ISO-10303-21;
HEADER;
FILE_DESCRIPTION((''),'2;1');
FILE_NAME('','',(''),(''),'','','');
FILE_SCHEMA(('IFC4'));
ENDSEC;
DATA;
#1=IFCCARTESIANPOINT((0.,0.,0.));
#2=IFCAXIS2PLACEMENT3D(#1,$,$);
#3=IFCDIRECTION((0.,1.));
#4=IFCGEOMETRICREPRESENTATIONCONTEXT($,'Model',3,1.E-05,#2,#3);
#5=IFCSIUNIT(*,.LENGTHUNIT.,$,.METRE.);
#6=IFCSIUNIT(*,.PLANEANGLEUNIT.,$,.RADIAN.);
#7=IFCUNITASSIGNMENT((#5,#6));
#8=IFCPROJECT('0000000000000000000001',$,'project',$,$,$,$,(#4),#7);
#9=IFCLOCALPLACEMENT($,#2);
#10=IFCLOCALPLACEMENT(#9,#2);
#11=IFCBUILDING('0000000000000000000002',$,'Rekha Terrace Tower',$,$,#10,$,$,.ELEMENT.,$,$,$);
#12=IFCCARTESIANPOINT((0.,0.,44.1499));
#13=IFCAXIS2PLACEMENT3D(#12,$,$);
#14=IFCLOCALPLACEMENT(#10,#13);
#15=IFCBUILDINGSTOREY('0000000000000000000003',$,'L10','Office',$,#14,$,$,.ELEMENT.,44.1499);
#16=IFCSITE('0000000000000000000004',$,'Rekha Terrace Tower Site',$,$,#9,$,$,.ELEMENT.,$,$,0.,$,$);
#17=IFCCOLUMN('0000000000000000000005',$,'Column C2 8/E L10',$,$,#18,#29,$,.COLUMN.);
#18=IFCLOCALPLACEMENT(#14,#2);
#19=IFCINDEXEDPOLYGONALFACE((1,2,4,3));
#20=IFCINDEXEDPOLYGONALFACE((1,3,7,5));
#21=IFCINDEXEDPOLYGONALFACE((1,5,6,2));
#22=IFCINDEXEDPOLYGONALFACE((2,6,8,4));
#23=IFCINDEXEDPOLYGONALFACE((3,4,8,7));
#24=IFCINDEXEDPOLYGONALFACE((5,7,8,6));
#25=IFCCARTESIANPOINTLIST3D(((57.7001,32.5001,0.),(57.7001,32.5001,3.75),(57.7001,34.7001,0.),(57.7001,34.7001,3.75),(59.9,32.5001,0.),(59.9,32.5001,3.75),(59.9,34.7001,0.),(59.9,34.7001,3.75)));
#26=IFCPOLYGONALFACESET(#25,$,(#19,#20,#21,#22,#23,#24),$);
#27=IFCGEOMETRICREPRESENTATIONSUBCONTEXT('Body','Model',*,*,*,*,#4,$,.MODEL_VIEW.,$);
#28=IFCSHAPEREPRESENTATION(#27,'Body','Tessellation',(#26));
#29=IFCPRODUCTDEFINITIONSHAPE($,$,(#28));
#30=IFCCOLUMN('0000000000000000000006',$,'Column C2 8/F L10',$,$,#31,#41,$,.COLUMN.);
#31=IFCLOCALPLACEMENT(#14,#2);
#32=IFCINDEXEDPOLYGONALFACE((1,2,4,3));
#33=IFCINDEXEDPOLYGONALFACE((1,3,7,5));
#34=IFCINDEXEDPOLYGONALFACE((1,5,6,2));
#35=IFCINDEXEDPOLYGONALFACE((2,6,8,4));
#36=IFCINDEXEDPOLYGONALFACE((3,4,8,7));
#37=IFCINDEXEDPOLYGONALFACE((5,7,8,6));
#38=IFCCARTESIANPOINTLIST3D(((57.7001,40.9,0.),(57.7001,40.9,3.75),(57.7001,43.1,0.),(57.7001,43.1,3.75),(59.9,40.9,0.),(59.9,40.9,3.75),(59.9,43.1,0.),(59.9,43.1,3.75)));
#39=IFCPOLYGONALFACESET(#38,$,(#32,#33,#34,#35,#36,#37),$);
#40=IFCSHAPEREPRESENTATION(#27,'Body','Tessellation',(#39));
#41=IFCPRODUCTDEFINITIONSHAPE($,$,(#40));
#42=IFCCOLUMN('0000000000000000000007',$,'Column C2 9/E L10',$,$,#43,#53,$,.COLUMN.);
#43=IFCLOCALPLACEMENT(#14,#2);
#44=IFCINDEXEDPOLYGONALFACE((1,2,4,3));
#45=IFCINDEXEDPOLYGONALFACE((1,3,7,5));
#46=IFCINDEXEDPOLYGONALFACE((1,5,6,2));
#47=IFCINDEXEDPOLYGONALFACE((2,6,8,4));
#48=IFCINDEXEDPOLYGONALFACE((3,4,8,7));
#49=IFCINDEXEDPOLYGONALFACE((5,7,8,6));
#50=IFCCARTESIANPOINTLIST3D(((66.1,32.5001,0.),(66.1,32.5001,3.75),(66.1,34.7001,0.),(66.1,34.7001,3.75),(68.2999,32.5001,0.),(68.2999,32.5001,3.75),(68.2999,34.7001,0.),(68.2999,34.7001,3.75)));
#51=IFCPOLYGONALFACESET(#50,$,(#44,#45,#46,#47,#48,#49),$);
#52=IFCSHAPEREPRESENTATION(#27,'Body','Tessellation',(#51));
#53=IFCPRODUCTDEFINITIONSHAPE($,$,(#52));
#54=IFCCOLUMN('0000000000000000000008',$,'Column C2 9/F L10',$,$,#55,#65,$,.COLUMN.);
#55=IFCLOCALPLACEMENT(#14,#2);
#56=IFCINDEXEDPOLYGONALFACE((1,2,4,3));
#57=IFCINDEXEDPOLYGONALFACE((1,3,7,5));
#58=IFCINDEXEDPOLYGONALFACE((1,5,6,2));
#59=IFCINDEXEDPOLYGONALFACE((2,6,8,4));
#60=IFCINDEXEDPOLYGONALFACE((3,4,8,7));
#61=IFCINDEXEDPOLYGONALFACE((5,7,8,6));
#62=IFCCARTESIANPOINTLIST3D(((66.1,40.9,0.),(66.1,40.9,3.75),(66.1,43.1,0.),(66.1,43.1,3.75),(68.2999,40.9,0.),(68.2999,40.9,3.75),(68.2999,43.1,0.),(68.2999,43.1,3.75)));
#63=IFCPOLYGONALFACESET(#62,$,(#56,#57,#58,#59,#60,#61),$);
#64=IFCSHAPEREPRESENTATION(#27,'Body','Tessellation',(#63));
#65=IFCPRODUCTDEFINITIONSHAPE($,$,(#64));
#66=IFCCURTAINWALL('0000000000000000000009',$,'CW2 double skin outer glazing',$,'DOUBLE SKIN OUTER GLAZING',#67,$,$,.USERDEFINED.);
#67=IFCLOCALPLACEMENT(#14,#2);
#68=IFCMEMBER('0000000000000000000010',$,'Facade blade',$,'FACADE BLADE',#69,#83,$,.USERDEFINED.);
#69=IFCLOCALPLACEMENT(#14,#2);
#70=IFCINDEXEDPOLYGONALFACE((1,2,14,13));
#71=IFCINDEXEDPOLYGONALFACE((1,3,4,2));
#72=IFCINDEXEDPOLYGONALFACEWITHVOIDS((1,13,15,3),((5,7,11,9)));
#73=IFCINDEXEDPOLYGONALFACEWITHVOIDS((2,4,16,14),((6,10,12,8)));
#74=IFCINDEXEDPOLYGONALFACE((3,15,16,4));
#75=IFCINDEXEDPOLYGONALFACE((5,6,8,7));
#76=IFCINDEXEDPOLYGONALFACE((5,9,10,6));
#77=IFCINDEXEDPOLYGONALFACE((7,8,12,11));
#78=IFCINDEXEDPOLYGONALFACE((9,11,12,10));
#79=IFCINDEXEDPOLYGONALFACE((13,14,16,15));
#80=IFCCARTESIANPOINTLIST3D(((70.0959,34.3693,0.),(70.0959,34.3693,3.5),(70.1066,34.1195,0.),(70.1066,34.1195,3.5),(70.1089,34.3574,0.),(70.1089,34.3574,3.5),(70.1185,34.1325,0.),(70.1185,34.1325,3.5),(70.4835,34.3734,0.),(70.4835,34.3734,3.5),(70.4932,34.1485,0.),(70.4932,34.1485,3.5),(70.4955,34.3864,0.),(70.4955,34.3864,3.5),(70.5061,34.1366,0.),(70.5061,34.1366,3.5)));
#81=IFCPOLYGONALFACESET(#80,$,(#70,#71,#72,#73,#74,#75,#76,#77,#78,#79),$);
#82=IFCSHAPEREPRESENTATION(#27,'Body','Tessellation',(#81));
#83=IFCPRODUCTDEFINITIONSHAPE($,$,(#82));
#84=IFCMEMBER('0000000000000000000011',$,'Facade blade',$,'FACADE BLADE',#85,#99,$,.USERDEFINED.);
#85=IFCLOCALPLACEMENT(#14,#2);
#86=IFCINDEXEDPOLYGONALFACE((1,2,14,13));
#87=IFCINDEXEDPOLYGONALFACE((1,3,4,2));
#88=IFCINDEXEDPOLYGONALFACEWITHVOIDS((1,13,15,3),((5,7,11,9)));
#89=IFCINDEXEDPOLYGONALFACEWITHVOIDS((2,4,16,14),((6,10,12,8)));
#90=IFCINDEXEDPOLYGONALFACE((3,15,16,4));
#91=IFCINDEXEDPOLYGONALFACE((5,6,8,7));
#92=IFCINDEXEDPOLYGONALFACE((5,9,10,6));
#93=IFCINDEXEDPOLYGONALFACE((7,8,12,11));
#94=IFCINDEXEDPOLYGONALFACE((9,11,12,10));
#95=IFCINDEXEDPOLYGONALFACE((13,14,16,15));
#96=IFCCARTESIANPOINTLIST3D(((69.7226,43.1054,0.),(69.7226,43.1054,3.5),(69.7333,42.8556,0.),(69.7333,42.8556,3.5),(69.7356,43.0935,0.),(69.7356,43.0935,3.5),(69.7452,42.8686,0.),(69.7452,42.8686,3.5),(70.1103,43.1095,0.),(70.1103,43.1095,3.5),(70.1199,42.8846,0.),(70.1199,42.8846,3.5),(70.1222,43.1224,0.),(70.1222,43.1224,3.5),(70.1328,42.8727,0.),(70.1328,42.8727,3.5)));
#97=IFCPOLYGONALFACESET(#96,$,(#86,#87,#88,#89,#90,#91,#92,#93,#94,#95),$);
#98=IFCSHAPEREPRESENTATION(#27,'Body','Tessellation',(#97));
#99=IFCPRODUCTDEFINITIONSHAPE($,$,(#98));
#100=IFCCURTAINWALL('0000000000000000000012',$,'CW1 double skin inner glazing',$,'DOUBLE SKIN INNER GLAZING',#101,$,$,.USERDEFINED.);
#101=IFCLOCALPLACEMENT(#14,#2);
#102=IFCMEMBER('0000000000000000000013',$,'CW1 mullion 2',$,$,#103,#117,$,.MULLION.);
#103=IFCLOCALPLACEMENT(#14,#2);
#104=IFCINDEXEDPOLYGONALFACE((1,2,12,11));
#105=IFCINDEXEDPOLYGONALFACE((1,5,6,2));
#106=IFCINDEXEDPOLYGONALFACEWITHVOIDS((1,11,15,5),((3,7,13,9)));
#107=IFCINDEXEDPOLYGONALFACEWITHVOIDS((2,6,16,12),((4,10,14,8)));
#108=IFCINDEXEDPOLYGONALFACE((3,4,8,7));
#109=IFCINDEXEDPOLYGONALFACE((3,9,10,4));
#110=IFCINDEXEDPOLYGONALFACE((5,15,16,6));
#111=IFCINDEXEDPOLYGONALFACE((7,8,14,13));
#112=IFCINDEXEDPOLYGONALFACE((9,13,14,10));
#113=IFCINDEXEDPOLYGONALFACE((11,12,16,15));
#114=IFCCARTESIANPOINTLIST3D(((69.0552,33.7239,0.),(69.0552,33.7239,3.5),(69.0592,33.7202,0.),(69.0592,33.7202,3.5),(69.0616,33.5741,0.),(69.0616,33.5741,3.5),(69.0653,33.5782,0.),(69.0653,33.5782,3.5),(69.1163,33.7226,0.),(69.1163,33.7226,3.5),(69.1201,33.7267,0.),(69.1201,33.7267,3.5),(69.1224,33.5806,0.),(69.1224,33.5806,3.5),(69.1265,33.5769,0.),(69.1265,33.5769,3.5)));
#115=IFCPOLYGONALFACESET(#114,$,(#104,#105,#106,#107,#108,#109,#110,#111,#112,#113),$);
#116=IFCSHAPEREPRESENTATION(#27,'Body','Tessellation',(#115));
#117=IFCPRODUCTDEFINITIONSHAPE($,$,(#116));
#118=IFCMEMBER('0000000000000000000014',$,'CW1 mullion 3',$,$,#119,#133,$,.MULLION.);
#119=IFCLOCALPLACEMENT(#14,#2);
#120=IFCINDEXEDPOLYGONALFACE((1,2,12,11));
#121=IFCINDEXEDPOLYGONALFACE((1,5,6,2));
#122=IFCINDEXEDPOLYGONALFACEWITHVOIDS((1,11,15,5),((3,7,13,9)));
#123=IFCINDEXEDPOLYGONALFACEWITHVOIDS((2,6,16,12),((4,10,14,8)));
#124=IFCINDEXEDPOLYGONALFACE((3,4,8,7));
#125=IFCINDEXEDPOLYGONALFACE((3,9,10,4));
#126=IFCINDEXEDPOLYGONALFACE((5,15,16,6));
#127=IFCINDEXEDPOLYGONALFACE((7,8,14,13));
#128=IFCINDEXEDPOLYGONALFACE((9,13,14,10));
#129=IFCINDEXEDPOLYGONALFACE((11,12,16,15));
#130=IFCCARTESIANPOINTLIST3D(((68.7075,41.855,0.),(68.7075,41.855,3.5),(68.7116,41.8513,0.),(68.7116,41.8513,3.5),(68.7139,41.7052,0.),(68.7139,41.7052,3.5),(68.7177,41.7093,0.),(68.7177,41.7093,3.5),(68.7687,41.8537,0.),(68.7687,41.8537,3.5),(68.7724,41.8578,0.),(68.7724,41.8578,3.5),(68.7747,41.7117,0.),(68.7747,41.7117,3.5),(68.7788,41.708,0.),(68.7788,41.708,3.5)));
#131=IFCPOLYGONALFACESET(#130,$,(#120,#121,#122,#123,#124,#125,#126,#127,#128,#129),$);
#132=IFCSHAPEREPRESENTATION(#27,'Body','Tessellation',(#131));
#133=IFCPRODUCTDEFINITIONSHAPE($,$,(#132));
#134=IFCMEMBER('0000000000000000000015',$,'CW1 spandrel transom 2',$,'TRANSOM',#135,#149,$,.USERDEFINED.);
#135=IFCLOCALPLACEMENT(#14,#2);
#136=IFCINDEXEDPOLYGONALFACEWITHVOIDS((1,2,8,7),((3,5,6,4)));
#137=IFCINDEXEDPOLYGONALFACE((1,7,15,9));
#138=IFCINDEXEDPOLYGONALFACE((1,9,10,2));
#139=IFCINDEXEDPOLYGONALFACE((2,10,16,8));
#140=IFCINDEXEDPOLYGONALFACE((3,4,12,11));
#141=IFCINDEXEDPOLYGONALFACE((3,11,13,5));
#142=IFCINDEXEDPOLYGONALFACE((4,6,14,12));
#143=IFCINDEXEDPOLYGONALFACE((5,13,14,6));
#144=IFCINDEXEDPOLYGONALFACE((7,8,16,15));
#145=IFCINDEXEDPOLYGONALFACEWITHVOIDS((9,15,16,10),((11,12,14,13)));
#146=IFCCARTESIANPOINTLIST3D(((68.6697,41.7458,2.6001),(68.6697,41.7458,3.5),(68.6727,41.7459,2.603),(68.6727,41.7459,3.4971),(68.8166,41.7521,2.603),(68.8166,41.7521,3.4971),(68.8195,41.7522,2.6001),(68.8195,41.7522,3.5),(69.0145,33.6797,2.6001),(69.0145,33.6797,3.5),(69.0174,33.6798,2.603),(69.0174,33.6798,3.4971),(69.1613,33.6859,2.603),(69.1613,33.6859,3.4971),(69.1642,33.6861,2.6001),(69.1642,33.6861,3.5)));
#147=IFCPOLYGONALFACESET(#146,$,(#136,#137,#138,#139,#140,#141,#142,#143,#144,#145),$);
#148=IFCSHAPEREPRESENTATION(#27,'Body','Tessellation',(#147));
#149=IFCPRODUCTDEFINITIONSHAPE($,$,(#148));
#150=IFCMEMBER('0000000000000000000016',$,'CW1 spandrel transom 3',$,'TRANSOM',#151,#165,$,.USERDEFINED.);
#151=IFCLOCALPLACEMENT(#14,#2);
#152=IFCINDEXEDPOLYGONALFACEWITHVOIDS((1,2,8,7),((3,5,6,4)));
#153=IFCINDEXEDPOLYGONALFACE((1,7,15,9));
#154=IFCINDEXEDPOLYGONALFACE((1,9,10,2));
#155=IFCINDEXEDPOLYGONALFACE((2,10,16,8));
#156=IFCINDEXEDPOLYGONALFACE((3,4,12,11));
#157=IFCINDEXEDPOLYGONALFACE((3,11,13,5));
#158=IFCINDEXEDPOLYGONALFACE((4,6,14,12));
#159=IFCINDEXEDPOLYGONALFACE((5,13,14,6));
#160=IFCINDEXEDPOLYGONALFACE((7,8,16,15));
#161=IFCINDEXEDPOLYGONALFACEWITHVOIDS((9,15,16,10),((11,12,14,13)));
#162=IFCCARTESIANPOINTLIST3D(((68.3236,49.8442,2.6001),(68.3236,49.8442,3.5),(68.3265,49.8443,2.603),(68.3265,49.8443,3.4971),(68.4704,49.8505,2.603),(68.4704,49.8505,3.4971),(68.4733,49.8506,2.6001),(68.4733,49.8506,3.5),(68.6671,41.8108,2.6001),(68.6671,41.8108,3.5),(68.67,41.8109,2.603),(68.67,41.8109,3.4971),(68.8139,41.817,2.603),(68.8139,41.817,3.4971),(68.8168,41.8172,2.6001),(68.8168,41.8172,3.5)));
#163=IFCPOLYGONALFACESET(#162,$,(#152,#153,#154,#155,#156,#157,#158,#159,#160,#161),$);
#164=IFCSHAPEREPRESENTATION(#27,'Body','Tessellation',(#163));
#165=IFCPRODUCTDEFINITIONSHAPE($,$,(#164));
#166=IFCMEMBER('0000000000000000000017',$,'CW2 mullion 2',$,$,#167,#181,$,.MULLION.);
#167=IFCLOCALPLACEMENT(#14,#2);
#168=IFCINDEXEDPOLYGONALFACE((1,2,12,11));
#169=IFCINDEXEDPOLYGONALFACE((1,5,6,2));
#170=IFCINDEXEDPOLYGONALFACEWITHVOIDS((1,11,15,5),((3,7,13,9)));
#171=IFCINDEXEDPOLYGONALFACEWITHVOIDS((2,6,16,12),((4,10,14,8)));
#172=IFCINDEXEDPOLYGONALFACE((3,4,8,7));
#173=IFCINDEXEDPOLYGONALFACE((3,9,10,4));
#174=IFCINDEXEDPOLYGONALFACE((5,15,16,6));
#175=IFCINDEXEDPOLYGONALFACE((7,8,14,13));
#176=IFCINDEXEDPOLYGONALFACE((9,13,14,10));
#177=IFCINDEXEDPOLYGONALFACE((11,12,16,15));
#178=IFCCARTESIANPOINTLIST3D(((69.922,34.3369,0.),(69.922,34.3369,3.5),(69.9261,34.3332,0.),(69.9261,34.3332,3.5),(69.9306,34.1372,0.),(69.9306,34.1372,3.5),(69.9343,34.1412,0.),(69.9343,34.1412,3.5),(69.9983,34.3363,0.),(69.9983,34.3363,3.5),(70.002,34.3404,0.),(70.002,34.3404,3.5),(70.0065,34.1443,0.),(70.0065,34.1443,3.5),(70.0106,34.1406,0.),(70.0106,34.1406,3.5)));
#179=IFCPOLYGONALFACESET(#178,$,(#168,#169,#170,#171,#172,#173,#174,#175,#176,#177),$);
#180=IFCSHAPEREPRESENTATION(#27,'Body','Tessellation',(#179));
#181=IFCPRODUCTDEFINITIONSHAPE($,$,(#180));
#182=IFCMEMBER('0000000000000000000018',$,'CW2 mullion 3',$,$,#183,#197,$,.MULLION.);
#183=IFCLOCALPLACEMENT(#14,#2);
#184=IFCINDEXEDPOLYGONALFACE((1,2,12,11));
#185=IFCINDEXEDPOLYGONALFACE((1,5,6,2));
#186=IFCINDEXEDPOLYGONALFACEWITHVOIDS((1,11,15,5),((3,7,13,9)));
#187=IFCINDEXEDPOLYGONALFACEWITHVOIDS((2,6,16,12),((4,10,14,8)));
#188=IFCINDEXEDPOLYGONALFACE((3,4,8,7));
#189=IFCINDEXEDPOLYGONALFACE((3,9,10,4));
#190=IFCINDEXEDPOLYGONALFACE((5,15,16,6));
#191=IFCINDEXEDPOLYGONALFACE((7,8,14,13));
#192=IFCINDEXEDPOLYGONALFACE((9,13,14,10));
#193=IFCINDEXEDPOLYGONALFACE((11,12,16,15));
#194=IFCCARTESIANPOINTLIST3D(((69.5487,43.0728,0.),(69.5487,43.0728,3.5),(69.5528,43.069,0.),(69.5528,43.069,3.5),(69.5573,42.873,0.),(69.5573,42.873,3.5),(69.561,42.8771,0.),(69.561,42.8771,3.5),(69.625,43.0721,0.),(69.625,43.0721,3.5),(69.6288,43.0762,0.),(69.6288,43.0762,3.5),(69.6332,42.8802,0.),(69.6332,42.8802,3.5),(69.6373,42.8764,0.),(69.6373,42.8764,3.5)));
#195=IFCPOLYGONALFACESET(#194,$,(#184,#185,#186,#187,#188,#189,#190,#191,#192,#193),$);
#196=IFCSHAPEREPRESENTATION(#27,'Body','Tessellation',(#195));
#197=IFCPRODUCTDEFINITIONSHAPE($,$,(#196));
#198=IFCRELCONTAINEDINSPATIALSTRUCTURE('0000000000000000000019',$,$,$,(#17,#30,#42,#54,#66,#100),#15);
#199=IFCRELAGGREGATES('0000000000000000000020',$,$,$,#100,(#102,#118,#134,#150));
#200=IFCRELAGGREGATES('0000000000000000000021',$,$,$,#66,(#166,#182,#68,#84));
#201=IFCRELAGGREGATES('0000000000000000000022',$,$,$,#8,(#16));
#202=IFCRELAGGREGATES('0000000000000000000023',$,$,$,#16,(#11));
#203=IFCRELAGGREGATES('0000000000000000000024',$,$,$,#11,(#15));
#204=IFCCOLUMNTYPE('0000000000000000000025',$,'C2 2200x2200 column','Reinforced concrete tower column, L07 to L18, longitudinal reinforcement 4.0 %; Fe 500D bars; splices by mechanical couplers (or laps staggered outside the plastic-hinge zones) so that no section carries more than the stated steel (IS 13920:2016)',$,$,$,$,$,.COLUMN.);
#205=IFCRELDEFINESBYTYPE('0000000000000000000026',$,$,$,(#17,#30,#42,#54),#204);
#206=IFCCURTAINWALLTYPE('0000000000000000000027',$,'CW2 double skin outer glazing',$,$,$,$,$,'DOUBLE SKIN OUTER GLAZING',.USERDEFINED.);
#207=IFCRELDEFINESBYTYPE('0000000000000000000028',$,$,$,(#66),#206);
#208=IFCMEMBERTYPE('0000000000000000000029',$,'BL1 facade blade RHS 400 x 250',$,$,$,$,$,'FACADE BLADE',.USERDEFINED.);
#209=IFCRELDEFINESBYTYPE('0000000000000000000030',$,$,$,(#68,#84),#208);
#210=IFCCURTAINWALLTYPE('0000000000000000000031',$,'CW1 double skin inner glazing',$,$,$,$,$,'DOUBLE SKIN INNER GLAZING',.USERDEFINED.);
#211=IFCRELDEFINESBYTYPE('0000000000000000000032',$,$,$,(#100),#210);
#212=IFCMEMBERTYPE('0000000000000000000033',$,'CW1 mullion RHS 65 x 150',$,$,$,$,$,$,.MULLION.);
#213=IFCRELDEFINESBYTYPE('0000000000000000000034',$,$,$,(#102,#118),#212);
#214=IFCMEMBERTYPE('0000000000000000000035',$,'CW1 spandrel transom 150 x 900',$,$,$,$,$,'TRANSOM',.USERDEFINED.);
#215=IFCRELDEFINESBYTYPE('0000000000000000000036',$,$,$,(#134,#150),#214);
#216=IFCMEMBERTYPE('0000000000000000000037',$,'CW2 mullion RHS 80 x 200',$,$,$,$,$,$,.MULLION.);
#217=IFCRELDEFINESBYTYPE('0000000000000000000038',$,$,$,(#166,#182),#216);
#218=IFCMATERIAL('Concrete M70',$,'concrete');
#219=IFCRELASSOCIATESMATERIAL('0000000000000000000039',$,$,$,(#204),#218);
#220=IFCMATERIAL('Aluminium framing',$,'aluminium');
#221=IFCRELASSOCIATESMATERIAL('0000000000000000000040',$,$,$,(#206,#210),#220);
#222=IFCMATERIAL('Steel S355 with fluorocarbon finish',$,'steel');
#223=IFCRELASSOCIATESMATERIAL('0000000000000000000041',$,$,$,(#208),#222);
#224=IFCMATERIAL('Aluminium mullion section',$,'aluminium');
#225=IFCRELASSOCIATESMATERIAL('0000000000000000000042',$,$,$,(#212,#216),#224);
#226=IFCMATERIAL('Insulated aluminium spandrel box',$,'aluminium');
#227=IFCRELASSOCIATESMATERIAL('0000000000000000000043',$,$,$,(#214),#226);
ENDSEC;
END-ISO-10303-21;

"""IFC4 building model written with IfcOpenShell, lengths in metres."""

from ifc_helpers import new_model, si_unit, direction, frame, origin, origin_2d, place, context, subcontext, project, spatial, rectangle, hollow_rectangle, extrude, material, material_profile, profile_set, type_object, element, aggregate, save


model = new_model("IFC4")

# Units and contexts
model_context = context("Model", 3, precision=1e-05, world=origin(), true_north=direction((0.0, 1.0)))
body_context = subcontext(model_context, "Body", "Model", "MODEL_VIEW")
ifc_project = project(units=[si_unit("LENGTHUNIT", "METRE"), si_unit("PLANEANGLEUNIT", "RADIAN")], contexts=[model_context])

# Site, building, storey
site_placement = place(None, origin())
site = spatial("IfcSite", under=ifc_project, at=site_placement, Name="Rekha Terrace Tower Site", CompositionType="ELEMENT", RefElevation=0.0)
building_placement = place(site_placement, origin())
building = spatial("IfcBuilding", under=site, at=building_placement, Name="Rekha Terrace Tower", CompositionType="ELEMENT")
storey_placement = place(building_placement, frame((0.0, 0.0, 44.1499)))
storey = spatial("IfcBuildingStorey", under=building, at=storey_placement, Name="L10", Description="Office", CompositionType="ELEMENT", Elevation=44.1499)

# Columns
ifc_material_1 = material(Name="Concrete M70", Category="concrete")
ifc_material_profile_1 = material_profile(ifc_material_1, rectangle(XDim=2.2, YDim=2.2, at=origin_2d()), Name="RC 2200x2200")
ifc_profile_set_1 = profile_set([ifc_material_profile_1], Name="Concrete M70")
column_type = type_object("IfcColumnType", Name="C2 2200x2200 column", Description="Reinforced concrete tower column, L07 to L18, longitudinal reinforcement 4.0 %; Fe 500D bars; splices by mechanical couplers (or laps staggered outside the plastic-hinge zones) so that no section carries more than the stated steel (IS 13920:2016)", PredefinedType="COLUMN", material=ifc_profile_set_1)
for number, where, z_axis, x_axis, name in (
    (1, (58.8, 33.6001, 0.0), (0.0, 0.0, 1.0), (1.0, 0.0, 0.0), "Column C2 8/E L10"),
    (2, (58.8, 42.0, 0.0), (0.0, 0.0, 1.0), (1.0, 0.0, 0.0), "Column C2 8/F L10"),
    (3, (67.2, 33.6001, 0.0), (0.0, 0.0, 1.0), (1.0, 0.0, 0.0), "Column C2 9/E L10"),
    (4, (67.2, 42.0, 0.0), (0.0, 0.0, 1.0), (1.0, 0.0, 0.0), "Column C2 9/F L10"),
):
    element("IfcColumn", number, at=place(storey_placement, frame(where, z_axis=z_axis, x_axis=x_axis)), inside=storey, type_object=column_type, Name=name, PredefinedType="COLUMN", context=body_context, shape_type="SweptSolid", body=[
        extrude(rectangle(XDim=2.2, YDim=2.2, at=origin_2d()), origin(), (0.0, 0.0, 1.0), 3.75),
    ])

# Curtain walls, members
ifc_material_2 = material(Name="Aluminium framing", Category="aluminium")
curtain_wall_type_1 = type_object("IfcCurtainWallType", Name="CW2 double skin outer glazing", ElementType="DOUBLE SKIN OUTER GLAZING", PredefinedType="USERDEFINED", material=ifc_material_2)
curtain_wall_1_placement = place(storey_placement, origin())
curtain_wall_1 = element("IfcCurtainWall", 5, at=curtain_wall_1_placement, inside=storey, type_object=curtain_wall_type_1, Name="CW2 double skin outer glazing", ObjectType="DOUBLE SKIN OUTER GLAZING", PredefinedType="USERDEFINED")
ifc_material_3 = material(Name="Steel S355 with fluorocarbon finish", Category="steel")
ifc_material_profile_2 = material_profile(ifc_material_3, hollow_rectangle(XDim=0.25, YDim=0.3999, WallThickness=0.0125, at=origin_2d()), Name="RHS400x250x12.5")
ifc_profile_set_2 = profile_set([ifc_material_profile_2], Name="Steel S355 with fluorocarbon finish")
member_type_1 = type_object("IfcMemberType", Name="BL1 facade blade RHS 400 x 250", ElementType="FACADE BLADE", PredefinedType="USERDEFINED", material=ifc_profile_set_2)
member_1_placement = place(storey_placement, frame((70.301, 34.2529, 0.0), z_axis=(0.0, 0.0, 1.0), x_axis=(-0.042695, 0.999088, 0.0)))
member_1 = element("IfcMember", 6, at=member_1_placement, type_object=member_type_1, Name="Facade blade", ObjectType="FACADE BLADE", PredefinedType="USERDEFINED", context=body_context, shape_type="SweptSolid", body=[
    extrude(hollow_rectangle(XDim=0.25, YDim=0.3999, WallThickness=0.0125, at=origin_2d()), origin(), (0.0, 0.0, 1.0), 3.5),
])
member_2_placement = place(storey_placement, frame((69.9277, 42.989, 0.0), z_axis=(0.0, 0.0, 1.0), x_axis=(-0.042695, 0.999088, 0.0)))
member_2 = element("IfcMember", 7, at=member_2_placement, type_object=member_type_1, Name="Facade blade", ObjectType="FACADE BLADE", PredefinedType="USERDEFINED", context=body_context, shape_type="SweptSolid", body=[
    extrude(hollow_rectangle(XDim=0.25, YDim=0.3999, WallThickness=0.0125, at=origin_2d()), origin(), (0.0, 0.0, 1.0), 3.5),
])
curtain_wall_type_2 = type_object("IfcCurtainWallType", Name="CW1 double skin inner glazing", ElementType="DOUBLE SKIN INNER GLAZING", PredefinedType="USERDEFINED", material=ifc_material_2)
curtain_wall_2_placement = place(storey_placement, origin())
curtain_wall_2 = element("IfcCurtainWall", 8, at=curtain_wall_2_placement, inside=storey, type_object=curtain_wall_type_2, Name="CW1 double skin inner glazing", ObjectType="DOUBLE SKIN INNER GLAZING", PredefinedType="USERDEFINED")
ifc_material_4 = material(Name="Aluminium mullion section", Category="aluminium")
ifc_material_profile_3 = material_profile(ifc_material_4, hollow_rectangle(XDim=0.0649, YDim=0.1499, WallThickness=0.0039, at=origin_2d()), Name="AL RHS 65x150")
ifc_profile_set_3 = profile_set([ifc_material_profile_3], Name="Aluminium mullion section")
member_type_2 = type_object("IfcMemberType", Name="CW1 mullion RHS 65 x 150", PredefinedType="MULLION", material=ifc_profile_set_3)
member_3_placement = place(storey_placement, frame((69.0908, 33.6504, 0.0), z_axis=(0.0, 0.0, 1.0), x_axis=(-0.999088, -0.042696, 0.0)))
member_3 = element("IfcMember", 9, at=member_3_placement, type_object=member_type_2, Name="CW1 mullion 2", PredefinedType="MULLION", context=body_context, shape_type="SweptSolid", body=[
    extrude(hollow_rectangle(XDim=0.0649, YDim=0.1499, WallThickness=0.0039, at=origin_2d()), origin(), (0.0, 0.0, 1.0), 3.5),
])
member_4_placement = place(storey_placement, frame((68.7432, 41.7815, 0.0), z_axis=(0.0, 0.0, 1.0), x_axis=(-0.999088, -0.042696, 0.0)))
member_4 = element("IfcMember", 10, at=member_4_placement, type_object=member_type_2, Name="CW1 mullion 3", PredefinedType="MULLION", context=body_context, shape_type="SweptSolid", body=[
    extrude(hollow_rectangle(XDim=0.0649, YDim=0.1499, WallThickness=0.0039, at=origin_2d()), origin(), (0.0, 0.0, 1.0), 3.5),
])
ifc_material_5 = material(Name="Insulated aluminium spandrel box", Category="aluminium")
ifc_material_profile_4 = material_profile(ifc_material_5, hollow_rectangle(XDim=0.1499, YDim=0.8999, WallThickness=0.0029, at=origin_2d()), Name="AL SPANDREL BOX 150x900")
ifc_profile_set_4 = profile_set([ifc_material_profile_4], Name="Insulated aluminium spandrel box")
member_type_3 = type_object("IfcMemberType", Name="CW1 spandrel transom 150 x 900", ElementType="TRANSOM", PredefinedType="USERDEFINED", material=ifc_profile_set_4)
member_5_placement = place(storey_placement, frame((69.0894, 33.6829, 3.05), z_axis=(-0.042698, 0.999088, 0.0), x_axis=(-0.999088, -0.042698, 0.0)))
member_5 = element("IfcMember", 11, at=member_5_placement, type_object=member_type_3, Name="CW1 spandrel transom 2", ObjectType="TRANSOM", PredefinedType="USERDEFINED", context=body_context, shape_type="SweptSolid", body=[
    extrude(hollow_rectangle(XDim=0.1499, YDim=0.8999, WallThickness=0.0029, at=origin_2d()), origin(), (0.0, 0.0, 1.0), 8.0735),
])
member_6_placement = place(storey_placement, frame((68.7419, 41.814, 3.05), z_axis=(-0.04272, 0.999087, 0.0), x_axis=(-0.999087, -0.04272, 0.0)))
member_6 = element("IfcMember", 12, at=member_6_placement, type_object=member_type_3, Name="CW1 spandrel transom 3", ObjectType="TRANSOM", PredefinedType="USERDEFINED", context=body_context, shape_type="SweptSolid", body=[
    extrude(hollow_rectangle(XDim=0.1499, YDim=0.8999, WallThickness=0.0029, at=origin_2d()), origin(), (0.0, 0.0, 1.0), 8.0408),
])

# Members
ifc_material_profile_5 = material_profile(ifc_material_4, hollow_rectangle(XDim=0.0801, YDim=0.2, WallThickness=0.0039, at=origin_2d()), Name="AL RHS 80x200")
ifc_profile_set_5 = profile_set([ifc_material_profile_5], Name="Aluminium mullion section")
member_type_4 = type_object("IfcMemberType", Name="CW2 mullion RHS 80 x 200", PredefinedType="MULLION", material=ifc_profile_set_5)
member_7_placement = place(storey_placement, frame((69.9663, 34.2388, 0.0), z_axis=(0.0, 0.0, 1.0), x_axis=(-0.999088, -0.042696, 0.0)))
member_7 = element("IfcMember", 13, at=member_7_placement, type_object=member_type_4, Name="CW2 mullion 2", PredefinedType="MULLION", context=body_context, shape_type="SweptSolid", body=[
    extrude(hollow_rectangle(XDim=0.0801, YDim=0.2, WallThickness=0.0039, at=origin_2d()), origin(), (0.0, 0.0, 1.0), 3.5),
])
member_8_placement = place(storey_placement, frame((69.593, 42.9746, 0.0), z_axis=(0.0, 0.0, 1.0), x_axis=(-0.999088, -0.042696, 0.0)))
member_8 = element("IfcMember", 14, at=member_8_placement, type_object=member_type_4, Name="CW2 mullion 3", PredefinedType="MULLION", context=body_context, shape_type="SweptSolid", body=[
    extrude(hollow_rectangle(XDim=0.0801, YDim=0.2, WallThickness=0.0039, at=origin_2d()), origin(), (0.0, 0.0, 1.0), 3.5),
])

aggregate(curtain_wall_2, [member_3, member_4, member_5, member_6])
aggregate(curtain_wall_1, [member_7, member_8, member_1, member_2])

save(model, "model.ifc")
